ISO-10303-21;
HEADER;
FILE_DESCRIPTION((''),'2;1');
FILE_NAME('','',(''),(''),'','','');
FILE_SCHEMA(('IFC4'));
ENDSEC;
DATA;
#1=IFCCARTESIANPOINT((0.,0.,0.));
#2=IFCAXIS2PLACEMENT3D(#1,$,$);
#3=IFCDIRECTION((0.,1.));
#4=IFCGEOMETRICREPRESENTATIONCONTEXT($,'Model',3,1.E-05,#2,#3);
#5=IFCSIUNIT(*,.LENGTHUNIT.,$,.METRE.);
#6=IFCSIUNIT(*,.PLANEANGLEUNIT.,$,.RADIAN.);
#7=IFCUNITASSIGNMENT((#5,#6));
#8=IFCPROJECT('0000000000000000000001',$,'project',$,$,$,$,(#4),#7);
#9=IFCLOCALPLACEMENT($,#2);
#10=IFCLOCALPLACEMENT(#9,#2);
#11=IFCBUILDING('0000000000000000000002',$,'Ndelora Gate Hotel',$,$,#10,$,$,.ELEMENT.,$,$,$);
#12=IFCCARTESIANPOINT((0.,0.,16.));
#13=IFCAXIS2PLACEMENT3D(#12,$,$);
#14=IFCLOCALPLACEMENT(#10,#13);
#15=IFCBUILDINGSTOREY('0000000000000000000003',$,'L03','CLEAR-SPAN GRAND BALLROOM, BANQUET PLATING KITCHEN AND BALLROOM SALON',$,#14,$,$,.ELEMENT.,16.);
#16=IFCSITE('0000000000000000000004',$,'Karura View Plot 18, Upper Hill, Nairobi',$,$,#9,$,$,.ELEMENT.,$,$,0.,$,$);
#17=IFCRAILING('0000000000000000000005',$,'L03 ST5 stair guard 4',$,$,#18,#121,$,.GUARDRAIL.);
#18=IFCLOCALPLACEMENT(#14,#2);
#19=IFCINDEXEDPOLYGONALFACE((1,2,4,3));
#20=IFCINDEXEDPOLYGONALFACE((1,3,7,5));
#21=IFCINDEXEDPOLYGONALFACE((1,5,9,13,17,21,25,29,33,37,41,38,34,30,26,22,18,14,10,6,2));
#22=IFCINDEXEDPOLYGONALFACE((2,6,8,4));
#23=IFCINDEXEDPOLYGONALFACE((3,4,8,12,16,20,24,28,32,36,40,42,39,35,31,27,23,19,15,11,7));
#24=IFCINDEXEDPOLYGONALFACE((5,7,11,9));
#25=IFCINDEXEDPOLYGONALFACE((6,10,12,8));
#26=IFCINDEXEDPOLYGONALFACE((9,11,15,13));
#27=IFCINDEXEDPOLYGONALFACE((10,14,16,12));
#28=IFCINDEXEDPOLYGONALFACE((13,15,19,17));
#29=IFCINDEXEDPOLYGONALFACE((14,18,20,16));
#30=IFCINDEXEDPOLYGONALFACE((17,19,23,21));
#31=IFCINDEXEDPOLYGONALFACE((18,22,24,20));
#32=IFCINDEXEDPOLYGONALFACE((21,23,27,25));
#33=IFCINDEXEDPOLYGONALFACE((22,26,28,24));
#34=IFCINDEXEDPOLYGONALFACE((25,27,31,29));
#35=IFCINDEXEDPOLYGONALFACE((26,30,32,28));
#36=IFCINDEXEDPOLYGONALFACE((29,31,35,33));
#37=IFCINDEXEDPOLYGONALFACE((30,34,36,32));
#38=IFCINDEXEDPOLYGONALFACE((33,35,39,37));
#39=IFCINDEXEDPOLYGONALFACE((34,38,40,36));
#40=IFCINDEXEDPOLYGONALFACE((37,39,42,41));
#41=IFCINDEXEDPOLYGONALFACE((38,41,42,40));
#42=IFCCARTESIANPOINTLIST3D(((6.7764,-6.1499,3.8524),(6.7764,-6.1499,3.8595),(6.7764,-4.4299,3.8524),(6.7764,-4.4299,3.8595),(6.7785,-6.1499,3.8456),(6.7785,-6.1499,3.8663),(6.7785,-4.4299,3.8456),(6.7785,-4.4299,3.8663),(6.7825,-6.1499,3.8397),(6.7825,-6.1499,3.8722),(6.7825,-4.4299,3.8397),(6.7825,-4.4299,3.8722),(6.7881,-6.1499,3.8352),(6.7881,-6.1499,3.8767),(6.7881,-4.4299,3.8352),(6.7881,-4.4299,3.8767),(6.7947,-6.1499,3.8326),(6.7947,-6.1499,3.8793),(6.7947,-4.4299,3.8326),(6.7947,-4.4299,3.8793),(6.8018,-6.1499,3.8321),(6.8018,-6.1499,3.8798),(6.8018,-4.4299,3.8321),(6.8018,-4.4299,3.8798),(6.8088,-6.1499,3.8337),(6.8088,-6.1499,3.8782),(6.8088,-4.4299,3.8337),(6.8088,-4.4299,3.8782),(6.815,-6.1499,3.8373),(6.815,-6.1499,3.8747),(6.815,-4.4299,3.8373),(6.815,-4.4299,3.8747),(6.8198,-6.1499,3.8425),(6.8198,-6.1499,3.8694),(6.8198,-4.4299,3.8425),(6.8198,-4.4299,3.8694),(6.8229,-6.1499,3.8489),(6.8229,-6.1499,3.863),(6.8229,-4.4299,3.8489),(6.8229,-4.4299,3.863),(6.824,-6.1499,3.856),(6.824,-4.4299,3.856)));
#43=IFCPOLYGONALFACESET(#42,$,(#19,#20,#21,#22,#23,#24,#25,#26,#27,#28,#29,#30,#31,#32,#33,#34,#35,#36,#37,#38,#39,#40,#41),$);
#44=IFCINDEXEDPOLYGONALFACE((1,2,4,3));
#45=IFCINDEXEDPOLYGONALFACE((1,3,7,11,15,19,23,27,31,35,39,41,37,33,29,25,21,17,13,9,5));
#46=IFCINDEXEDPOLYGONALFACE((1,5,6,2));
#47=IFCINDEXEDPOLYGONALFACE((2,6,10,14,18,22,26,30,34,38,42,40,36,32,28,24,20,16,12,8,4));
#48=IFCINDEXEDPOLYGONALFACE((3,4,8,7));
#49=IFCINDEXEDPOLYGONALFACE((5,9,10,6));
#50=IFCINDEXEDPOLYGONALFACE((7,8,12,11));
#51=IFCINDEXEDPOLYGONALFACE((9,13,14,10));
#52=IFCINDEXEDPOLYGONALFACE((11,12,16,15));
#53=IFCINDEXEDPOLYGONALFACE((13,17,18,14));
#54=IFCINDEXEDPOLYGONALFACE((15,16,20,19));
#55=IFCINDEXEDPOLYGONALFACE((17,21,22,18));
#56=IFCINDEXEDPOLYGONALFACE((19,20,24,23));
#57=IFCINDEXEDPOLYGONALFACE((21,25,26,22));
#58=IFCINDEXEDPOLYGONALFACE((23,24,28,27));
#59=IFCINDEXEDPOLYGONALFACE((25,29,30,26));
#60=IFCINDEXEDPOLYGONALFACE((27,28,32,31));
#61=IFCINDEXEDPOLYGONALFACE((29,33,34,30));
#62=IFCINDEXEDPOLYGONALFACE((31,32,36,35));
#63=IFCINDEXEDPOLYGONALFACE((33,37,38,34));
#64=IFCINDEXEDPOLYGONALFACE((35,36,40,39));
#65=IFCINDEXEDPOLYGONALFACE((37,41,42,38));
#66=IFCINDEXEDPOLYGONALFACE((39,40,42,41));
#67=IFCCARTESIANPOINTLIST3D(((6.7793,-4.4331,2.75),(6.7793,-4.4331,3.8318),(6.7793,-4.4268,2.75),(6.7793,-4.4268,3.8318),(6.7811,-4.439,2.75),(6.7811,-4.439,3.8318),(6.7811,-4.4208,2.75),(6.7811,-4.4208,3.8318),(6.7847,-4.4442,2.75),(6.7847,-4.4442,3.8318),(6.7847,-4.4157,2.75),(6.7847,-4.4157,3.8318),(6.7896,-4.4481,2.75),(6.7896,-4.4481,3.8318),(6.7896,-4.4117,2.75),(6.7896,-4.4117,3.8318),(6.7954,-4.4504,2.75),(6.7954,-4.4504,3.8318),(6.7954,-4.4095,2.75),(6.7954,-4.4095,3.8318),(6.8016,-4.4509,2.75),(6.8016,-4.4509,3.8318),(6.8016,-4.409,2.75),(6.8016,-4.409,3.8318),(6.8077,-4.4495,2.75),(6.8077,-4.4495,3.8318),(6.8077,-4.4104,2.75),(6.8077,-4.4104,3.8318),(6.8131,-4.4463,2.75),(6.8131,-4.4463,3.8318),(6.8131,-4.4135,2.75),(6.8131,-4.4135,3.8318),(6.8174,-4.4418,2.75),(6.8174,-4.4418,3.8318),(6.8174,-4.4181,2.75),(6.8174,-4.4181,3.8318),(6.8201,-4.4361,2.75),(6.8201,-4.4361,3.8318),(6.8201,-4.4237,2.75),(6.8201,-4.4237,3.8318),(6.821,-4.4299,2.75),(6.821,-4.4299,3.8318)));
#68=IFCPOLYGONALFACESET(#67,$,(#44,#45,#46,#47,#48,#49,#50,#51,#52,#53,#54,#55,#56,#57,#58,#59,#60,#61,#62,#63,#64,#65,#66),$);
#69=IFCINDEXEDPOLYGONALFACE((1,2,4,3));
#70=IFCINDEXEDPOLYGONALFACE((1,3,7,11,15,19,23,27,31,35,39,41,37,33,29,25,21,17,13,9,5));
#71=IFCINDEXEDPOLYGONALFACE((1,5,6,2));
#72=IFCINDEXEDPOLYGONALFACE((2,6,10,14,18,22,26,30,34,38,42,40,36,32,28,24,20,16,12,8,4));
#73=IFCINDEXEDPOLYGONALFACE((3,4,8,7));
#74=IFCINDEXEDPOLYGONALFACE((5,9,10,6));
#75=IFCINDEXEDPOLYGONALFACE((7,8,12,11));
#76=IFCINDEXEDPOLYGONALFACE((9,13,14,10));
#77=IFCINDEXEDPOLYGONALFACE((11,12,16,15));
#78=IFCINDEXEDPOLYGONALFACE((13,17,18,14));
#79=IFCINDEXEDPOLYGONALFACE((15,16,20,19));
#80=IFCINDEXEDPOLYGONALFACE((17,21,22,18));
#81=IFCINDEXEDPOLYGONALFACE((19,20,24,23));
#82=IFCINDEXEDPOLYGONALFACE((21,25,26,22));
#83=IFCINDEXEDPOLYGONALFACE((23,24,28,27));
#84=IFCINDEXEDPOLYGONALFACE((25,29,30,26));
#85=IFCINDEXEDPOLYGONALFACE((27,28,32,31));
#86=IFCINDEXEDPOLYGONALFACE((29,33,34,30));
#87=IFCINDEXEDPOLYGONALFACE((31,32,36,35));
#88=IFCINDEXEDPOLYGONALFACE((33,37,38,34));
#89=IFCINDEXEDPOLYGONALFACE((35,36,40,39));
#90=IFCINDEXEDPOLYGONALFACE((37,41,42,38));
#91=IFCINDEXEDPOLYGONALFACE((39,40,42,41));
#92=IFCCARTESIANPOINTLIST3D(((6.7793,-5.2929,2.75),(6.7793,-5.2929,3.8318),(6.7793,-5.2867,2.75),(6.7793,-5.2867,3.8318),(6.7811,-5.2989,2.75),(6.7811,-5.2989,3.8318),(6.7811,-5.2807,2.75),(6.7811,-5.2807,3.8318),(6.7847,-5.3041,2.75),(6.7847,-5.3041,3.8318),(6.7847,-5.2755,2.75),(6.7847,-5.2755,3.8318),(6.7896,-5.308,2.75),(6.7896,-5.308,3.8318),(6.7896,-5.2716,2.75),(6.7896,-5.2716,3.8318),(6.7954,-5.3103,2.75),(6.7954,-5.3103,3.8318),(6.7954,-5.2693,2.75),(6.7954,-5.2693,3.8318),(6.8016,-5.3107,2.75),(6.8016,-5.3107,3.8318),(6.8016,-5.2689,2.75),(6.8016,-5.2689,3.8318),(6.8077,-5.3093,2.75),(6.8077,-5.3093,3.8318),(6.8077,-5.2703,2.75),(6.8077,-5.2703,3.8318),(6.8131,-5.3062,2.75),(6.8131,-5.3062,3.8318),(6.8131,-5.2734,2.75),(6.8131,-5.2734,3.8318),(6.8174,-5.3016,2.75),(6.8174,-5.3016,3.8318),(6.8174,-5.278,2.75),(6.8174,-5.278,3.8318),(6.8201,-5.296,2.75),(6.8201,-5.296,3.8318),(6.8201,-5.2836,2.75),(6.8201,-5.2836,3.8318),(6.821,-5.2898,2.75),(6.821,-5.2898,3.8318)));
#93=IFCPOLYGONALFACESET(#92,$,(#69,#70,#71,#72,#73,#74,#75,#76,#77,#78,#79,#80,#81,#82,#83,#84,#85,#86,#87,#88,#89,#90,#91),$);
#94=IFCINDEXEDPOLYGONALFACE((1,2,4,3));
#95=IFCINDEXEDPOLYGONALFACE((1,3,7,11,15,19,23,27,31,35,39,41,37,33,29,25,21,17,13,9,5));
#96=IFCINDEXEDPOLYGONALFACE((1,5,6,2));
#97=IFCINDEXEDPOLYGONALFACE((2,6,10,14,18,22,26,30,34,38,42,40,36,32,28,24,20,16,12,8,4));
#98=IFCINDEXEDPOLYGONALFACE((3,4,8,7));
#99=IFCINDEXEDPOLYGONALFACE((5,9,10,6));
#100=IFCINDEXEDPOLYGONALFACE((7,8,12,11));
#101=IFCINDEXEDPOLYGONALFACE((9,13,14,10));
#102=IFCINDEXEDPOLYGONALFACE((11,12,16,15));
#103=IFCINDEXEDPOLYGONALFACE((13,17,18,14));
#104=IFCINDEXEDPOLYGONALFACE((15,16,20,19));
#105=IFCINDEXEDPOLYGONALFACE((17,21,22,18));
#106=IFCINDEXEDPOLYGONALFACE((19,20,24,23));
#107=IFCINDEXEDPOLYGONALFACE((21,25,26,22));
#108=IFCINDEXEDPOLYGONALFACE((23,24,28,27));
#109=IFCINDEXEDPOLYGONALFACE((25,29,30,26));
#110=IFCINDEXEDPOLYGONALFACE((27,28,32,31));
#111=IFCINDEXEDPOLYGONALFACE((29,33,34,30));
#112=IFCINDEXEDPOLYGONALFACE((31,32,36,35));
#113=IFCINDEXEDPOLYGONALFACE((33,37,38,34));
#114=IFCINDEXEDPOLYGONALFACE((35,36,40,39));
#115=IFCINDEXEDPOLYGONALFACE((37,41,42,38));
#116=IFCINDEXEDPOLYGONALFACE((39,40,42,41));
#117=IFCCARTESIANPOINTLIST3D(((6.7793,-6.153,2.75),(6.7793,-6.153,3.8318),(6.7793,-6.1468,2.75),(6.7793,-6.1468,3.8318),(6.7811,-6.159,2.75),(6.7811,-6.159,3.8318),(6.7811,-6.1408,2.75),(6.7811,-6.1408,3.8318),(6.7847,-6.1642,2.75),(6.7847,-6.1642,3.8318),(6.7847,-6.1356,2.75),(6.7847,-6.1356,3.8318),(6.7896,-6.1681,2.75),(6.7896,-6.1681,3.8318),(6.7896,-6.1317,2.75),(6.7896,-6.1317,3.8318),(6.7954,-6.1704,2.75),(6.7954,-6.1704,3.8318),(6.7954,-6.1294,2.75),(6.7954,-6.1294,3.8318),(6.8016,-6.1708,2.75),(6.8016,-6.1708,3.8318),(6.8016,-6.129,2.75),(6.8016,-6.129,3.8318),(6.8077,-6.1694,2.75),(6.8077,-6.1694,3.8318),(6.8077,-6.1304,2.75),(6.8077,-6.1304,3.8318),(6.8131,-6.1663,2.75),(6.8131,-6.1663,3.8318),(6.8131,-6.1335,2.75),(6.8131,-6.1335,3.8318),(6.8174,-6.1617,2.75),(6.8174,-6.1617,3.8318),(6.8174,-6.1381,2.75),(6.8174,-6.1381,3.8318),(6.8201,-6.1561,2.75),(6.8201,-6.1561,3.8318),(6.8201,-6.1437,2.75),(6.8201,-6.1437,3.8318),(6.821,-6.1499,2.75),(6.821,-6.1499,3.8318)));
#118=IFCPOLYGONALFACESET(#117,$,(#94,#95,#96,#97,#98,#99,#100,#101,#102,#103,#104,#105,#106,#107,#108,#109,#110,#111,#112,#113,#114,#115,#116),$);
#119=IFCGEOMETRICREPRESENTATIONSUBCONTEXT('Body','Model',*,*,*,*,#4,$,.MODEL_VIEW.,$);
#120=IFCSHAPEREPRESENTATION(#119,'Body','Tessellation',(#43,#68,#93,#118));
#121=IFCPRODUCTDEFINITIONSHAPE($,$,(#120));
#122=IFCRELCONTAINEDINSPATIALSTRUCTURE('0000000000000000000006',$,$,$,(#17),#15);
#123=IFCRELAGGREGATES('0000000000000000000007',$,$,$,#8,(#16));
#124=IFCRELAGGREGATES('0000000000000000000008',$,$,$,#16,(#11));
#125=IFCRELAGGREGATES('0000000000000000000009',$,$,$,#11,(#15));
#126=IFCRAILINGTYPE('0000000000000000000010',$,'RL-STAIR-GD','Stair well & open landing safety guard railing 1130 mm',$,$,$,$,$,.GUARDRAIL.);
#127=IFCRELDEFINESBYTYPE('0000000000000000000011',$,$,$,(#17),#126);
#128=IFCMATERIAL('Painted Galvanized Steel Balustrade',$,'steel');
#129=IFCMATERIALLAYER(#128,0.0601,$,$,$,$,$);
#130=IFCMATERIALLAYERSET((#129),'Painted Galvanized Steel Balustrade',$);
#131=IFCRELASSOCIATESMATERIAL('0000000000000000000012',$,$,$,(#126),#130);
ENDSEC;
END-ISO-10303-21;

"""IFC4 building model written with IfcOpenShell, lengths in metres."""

from ifc_helpers import new_model, si_unit, direction, frame, origin, origin_2d, place, context, subcontext, project, spatial, circle, extrude, material, layer, layer_set, type_object, element, save


model = new_model("IFC4")

# Units and contexts
model_context = context("Model", 3, precision=1e-05, world=origin(), true_north=direction((0.0, 1.0)))
body_context = subcontext(model_context, "Body", "Model", "MODEL_VIEW")
ifc_project = project(units=[si_unit("LENGTHUNIT", "METRE"), si_unit("PLANEANGLEUNIT", "RADIAN")], contexts=[model_context])

# Site, building, storey
site_placement = place(None, origin())
site = spatial("IfcSite", under=ifc_project, at=site_placement, Name="Karura View Plot 18, Upper Hill, Nairobi", CompositionType="ELEMENT", RefElevation=0.0)
building_placement = place(site_placement, origin())
building = spatial("IfcBuilding", under=site, at=building_placement, Name="Ndelora Gate Hotel", CompositionType="ELEMENT")
storey_placement = place(building_placement, frame((0.0, 0.0, 16.0)))
storey = spatial("IfcBuildingStorey", under=building, at=storey_placement, Name="L03", Description="CLEAR-SPAN GRAND BALLROOM, BANQUET PLATING KITCHEN AND BALLROOM SALON", CompositionType="ELEMENT", Elevation=16.0)

# Railing
ifc_material_1 = material(Name="Painted Galvanized Steel Balustrade", Category="steel")
ifc_layer_1 = layer(ifc_material_1, 0.0601)
ifc_layer_set_1 = layer_set([ifc_layer_1], Name="Painted Galvanized Steel Balustrade")
railing_type_1 = type_object("IfcRailingType", Name="RL-STAIR-GD", Description="Stair well & open landing safety guard railing 1130 mm", PredefinedType="GUARDRAIL", material=ifc_layer_set_1)
for number, where, name in (
    (1, (6.8, -4.4299, 2.75), "L03 ST5 stair guard 4"),
):
    element("IfcRailing", number, at=place(storey_placement, frame(where)), inside=storey, type_object=railing_type_1, Name=name, PredefinedType="GUARDRAIL", context=body_context, shape_type="SweptSolid", body=[
        extrude(circle(Radius=0.0239, at=origin_2d()), frame((0.0, 0.0, 1.106), z_axis=(0.0, -1.0, 0.0), x_axis=(1.0, 0.0, 0.0)), (0.0, 0.0, 1.0), 1.72),
        extrude(circle(Radius=0.021, at=origin_2d()), origin(), (0.0, 0.0, 1.0), 1.0818),
        extrude(circle(Radius=0.021, at=origin_2d()), frame((0.0, -0.8599, 0.0)), (0.0, 0.0, 1.0), 1.0818),
        extrude(circle(Radius=0.021, at=origin_2d()), frame((0.0, -1.72, 0.0)), (0.0, 0.0, 1.0), 1.0818),
    ])

save(model, "model.ifc")
